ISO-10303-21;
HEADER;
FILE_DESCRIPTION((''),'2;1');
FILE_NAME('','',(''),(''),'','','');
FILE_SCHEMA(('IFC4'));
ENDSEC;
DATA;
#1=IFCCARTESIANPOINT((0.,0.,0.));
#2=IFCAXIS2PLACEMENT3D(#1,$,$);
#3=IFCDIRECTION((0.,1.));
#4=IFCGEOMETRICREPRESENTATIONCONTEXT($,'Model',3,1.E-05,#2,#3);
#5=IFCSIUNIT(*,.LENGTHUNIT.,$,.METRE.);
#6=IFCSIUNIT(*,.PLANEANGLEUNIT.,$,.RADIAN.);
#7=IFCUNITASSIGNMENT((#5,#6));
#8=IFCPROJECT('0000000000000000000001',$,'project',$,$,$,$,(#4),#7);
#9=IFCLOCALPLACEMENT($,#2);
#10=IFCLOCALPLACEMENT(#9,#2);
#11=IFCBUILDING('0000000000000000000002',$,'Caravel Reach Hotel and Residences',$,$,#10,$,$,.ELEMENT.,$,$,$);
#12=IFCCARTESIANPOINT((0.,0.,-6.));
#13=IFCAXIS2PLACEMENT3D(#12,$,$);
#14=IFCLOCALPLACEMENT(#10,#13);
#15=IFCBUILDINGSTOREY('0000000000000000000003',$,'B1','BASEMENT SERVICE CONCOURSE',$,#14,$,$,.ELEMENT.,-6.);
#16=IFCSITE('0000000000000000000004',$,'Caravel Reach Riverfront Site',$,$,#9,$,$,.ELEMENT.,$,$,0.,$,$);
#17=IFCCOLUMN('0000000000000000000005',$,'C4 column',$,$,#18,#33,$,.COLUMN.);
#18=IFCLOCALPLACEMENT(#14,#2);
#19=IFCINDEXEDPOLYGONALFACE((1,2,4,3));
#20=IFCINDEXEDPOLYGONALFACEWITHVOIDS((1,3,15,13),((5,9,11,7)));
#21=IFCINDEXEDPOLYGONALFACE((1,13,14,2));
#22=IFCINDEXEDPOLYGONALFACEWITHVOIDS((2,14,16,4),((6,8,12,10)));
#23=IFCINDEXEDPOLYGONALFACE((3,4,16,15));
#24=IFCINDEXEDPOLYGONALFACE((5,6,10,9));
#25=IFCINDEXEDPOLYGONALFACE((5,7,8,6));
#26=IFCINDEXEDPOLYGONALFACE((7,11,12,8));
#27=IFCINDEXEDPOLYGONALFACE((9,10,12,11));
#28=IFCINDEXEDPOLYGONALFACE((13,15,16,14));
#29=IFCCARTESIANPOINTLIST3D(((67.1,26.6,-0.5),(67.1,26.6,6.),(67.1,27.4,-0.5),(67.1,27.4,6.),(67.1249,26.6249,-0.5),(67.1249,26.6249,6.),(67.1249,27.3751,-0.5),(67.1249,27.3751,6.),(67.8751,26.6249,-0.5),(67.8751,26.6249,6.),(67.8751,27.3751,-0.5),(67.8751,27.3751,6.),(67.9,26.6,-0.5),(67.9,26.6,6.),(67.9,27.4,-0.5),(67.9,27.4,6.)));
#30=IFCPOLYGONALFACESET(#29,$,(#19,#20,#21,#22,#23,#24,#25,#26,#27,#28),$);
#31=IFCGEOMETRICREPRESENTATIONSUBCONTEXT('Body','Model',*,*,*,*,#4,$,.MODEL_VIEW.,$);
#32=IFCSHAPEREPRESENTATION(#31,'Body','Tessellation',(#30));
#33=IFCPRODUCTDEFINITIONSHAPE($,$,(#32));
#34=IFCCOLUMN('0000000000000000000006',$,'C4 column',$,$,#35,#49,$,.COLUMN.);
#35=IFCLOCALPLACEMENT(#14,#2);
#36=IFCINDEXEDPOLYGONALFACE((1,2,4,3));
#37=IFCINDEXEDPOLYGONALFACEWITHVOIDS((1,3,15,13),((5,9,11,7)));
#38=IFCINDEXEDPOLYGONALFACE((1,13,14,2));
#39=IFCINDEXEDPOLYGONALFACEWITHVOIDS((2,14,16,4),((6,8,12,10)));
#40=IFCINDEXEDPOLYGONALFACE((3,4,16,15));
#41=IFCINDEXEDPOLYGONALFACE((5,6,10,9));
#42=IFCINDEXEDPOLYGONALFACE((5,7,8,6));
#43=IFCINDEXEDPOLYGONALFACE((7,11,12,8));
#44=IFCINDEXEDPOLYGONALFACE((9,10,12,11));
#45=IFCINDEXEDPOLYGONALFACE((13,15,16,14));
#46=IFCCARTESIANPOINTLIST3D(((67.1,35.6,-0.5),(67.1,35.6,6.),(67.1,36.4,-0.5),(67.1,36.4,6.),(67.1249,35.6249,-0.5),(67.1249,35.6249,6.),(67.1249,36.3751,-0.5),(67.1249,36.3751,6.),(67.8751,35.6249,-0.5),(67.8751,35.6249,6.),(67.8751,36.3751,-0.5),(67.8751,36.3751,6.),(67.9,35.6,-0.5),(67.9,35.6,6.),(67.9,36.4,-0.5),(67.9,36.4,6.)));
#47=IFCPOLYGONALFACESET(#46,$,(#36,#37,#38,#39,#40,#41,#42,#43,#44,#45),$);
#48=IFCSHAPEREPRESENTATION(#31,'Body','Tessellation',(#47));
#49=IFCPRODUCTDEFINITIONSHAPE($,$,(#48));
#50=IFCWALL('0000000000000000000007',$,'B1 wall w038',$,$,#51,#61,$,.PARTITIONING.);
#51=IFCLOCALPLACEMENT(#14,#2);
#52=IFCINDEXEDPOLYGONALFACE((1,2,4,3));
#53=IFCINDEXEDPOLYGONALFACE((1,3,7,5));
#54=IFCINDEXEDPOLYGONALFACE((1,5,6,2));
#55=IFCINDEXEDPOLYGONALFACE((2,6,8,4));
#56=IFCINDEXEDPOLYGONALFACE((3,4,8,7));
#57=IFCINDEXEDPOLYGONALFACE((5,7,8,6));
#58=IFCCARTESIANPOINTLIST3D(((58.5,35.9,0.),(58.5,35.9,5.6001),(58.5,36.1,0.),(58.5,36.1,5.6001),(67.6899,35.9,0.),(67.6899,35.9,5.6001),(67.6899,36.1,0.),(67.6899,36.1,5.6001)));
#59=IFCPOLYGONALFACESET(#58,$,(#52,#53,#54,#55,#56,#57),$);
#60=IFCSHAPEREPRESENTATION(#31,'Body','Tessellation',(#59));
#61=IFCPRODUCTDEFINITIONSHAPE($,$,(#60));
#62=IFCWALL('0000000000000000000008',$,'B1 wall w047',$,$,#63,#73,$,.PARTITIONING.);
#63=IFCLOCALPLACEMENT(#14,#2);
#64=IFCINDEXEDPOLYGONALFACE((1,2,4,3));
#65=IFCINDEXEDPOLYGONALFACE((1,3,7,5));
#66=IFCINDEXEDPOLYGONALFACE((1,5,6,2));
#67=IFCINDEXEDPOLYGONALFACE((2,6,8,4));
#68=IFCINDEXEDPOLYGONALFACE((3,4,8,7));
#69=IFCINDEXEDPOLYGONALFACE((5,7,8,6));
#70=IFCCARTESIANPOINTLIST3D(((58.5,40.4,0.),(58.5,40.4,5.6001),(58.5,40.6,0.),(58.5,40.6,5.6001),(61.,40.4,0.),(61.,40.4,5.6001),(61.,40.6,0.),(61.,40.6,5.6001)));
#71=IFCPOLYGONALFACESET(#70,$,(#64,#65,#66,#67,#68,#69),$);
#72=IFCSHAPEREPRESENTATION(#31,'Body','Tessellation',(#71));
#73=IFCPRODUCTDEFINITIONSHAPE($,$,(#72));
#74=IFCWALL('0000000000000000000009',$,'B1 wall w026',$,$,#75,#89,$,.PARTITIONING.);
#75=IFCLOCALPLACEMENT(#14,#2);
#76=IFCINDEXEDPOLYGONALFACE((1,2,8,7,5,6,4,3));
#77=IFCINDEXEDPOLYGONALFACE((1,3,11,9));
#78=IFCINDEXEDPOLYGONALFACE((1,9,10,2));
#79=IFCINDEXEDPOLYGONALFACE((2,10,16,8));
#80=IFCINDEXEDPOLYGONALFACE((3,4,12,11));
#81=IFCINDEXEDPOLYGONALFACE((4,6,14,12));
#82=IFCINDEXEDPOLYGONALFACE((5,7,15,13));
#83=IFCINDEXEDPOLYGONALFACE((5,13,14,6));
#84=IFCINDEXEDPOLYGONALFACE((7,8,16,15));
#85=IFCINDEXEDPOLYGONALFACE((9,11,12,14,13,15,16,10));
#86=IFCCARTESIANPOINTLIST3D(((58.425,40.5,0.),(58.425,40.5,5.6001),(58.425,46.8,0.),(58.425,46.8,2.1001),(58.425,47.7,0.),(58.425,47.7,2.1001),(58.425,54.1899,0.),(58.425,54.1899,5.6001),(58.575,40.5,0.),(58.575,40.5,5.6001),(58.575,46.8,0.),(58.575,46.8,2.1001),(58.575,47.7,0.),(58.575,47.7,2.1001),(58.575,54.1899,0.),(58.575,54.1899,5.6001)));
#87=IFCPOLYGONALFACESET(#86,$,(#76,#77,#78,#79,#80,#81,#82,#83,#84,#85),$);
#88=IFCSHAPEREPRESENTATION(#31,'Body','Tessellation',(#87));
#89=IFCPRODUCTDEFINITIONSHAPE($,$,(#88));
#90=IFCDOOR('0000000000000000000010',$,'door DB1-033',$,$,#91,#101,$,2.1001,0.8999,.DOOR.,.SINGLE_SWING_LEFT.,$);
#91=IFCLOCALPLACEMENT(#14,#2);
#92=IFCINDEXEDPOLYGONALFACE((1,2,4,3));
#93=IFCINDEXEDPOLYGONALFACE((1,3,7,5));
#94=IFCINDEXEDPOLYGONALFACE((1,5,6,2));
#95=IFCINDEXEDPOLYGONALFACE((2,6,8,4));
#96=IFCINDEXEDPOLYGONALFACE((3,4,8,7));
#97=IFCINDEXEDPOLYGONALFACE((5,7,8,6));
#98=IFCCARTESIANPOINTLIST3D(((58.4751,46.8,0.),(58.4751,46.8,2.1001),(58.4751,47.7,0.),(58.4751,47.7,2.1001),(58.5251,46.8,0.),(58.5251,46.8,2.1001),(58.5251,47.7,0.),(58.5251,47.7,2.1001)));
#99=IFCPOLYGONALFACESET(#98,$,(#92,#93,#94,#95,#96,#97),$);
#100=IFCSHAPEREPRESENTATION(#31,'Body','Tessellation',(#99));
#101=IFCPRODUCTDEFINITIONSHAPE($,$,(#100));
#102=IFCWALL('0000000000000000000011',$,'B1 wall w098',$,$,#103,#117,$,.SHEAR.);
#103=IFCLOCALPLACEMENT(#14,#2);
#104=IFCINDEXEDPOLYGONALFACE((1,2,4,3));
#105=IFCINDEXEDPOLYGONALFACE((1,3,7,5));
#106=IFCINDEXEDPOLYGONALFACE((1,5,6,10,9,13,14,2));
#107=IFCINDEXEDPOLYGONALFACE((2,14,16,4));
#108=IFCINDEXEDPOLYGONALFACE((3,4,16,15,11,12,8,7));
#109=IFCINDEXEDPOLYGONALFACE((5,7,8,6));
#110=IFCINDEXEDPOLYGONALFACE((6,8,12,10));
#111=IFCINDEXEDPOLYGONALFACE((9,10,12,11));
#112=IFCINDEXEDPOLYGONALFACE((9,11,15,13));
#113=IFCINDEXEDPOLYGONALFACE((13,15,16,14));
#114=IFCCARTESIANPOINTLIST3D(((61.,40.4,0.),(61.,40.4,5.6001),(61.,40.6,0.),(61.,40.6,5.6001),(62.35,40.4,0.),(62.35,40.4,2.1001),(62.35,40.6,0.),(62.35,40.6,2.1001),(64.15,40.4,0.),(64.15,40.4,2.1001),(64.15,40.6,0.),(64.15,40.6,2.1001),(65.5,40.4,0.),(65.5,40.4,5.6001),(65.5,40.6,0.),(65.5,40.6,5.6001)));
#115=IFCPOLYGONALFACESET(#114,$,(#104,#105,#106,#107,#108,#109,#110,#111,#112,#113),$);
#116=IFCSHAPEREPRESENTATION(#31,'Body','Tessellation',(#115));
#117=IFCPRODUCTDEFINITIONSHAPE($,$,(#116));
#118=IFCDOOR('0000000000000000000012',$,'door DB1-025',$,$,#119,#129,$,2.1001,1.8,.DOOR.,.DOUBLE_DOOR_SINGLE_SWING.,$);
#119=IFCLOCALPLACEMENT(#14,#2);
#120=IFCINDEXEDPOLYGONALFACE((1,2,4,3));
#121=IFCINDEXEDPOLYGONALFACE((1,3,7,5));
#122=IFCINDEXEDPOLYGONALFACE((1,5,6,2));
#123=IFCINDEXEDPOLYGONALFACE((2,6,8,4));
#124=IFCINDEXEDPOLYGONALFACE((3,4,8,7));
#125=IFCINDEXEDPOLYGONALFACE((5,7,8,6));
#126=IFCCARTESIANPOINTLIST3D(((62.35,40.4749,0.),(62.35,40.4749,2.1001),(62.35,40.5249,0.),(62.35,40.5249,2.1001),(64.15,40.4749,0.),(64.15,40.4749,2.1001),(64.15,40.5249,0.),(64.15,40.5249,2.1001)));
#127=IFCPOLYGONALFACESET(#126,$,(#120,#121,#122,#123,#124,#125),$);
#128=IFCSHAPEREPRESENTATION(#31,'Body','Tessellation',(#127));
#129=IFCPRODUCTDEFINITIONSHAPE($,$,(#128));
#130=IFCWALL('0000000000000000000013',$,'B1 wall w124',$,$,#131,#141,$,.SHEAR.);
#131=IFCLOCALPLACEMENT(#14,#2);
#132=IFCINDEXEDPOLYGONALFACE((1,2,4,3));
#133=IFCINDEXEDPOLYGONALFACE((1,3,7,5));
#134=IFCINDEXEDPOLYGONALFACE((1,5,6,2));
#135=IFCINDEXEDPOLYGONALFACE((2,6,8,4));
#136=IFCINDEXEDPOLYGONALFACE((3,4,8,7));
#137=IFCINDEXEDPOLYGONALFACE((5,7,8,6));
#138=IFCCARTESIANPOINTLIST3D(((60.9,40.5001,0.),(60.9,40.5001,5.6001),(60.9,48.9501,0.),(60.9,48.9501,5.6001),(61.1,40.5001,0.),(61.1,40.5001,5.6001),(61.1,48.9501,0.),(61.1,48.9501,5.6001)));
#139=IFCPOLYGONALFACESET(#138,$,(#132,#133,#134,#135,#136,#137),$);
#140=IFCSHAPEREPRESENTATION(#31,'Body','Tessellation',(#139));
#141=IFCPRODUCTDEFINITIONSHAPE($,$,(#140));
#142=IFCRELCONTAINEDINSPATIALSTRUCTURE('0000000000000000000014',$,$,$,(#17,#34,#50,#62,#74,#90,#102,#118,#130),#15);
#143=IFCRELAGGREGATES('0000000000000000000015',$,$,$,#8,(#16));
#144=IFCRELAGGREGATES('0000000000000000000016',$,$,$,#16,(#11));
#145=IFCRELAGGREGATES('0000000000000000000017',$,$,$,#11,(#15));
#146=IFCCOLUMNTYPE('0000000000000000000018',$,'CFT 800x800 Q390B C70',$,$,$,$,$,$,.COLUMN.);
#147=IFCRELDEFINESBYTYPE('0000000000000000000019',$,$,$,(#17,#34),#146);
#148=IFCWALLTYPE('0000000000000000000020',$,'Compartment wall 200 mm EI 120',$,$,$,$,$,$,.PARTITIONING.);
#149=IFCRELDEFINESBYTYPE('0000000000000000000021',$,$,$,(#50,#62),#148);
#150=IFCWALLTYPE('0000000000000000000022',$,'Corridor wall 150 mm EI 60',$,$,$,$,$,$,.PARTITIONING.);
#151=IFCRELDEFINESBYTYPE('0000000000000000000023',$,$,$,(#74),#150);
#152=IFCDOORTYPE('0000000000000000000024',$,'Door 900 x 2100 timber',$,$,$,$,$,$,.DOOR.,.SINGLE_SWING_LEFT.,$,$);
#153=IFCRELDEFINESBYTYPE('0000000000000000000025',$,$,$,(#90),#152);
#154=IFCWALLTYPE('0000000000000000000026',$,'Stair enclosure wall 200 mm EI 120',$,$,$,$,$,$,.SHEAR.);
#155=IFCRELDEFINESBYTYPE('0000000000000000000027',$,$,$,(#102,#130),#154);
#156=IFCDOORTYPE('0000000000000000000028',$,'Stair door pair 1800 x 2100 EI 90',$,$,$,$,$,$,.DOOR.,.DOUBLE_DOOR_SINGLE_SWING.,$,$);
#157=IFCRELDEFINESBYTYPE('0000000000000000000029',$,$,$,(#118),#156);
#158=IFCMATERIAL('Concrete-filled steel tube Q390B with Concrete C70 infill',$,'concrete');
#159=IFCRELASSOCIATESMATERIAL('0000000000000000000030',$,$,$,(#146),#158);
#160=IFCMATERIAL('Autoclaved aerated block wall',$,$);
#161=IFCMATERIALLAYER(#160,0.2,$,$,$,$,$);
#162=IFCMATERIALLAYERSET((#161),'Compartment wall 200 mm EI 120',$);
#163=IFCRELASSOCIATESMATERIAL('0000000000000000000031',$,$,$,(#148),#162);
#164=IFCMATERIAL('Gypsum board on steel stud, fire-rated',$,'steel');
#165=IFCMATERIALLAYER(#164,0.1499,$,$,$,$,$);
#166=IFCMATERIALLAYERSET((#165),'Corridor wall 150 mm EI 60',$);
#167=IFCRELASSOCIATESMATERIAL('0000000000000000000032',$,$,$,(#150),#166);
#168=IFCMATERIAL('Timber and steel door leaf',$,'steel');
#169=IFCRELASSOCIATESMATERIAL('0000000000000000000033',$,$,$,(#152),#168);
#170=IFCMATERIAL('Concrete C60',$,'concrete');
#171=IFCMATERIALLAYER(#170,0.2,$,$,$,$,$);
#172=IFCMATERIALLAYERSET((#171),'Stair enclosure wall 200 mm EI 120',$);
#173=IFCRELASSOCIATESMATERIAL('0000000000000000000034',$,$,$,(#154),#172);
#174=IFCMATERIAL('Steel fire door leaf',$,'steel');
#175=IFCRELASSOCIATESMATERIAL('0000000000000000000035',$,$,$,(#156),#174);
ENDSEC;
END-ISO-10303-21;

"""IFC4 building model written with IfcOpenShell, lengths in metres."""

from ifc_helpers import new_model, si_unit, direction, frame, frame_2d, origin, origin_2d, place, context, subcontext, project, spatial, rectangle, hollow_rectangle, extrude, material, layer, layer_set, material_profile, profile_set, type_object, element, fill, save


model = new_model("IFC4")

# Units and contexts
model_context = context("Model", 3, precision=1e-05, world=origin(), true_north=direction((0.0, 1.0)))
body_context = subcontext(model_context, "Body", "Model", "MODEL_VIEW")
ifc_project = project(units=[si_unit("LENGTHUNIT", "METRE"), si_unit("PLANEANGLEUNIT", "RADIAN")], contexts=[model_context])

# Site, building, storey
site_placement = place(None, origin())
site = spatial("IfcSite", under=ifc_project, at=site_placement, Name="Caravel Reach Riverfront Site", CompositionType="ELEMENT", RefElevation=0.0)
building_placement = place(site_placement, origin())
building = spatial("IfcBuilding", under=site, at=building_placement, Name="Caravel Reach Hotel and Residences", CompositionType="ELEMENT")
storey_placement = place(building_placement, frame((0.0, 0.0, -6.0)))
storey = spatial("IfcBuildingStorey", under=building, at=storey_placement, Name="B1", Description="BASEMENT SERVICE CONCOURSE", CompositionType="ELEMENT", Elevation=-6.0)

# Columns
ifc_material_1 = material(Name="Concrete-filled steel tube Q390B with Concrete C70 infill", Category="concrete")
ifc_material_profile_1 = material_profile(ifc_material_1, hollow_rectangle(XDim=0.8, YDim=0.8, WallThickness=0.0249, at=origin_2d()), Name="RHS 800x800x25")
ifc_profile_set_1 = profile_set([ifc_material_profile_1], Name="Concrete-filled steel tube Q390B with Concrete C70 infill")
column_type_1 = type_object("IfcColumnType", Name="CFT 800x800 Q390B C70", PredefinedType="COLUMN", material=ifc_profile_set_1)
for number, where, z_axis, x_axis, name in (
    (1, (67.5, 27.0, -0.5), (0.0, 0.0, 1.0), (1.0, 0.0, 0.0), "C4 column"),
    (2, (67.5, 36.0, -0.5), (0.0, 0.0, 1.0), (1.0, 0.0, 0.0), "C4 column"),
):
    element("IfcColumn", number, at=place(storey_placement, frame(where, z_axis=z_axis, x_axis=x_axis)), inside=storey, type_object=column_type_1, Name=name, PredefinedType="COLUMN", context=body_context, shape_type="SweptSolid", body=[
        extrude(hollow_rectangle(XDim=0.8, YDim=0.8, WallThickness=0.0249, at=origin_2d()), origin(), (0.0, 0.0, 1.0), 6.5),
    ])

# Walls
ifc_material_2 = material(Name="Autoclaved aerated block wall")
ifc_layer_1 = layer(ifc_material_2, 0.2)
ifc_layer_set_1 = layer_set([ifc_layer_1], Name="Compartment wall 200 mm EI 120")
wall_type_1 = type_object("IfcWallType", Name="Compartment wall 200 mm EI 120", PredefinedType="PARTITIONING", material=ifc_layer_set_1)
wall_1_placement = place(storey_placement, frame((58.5, 36.0, 0.0), z_axis=(0.0, 0.0, 1.0), x_axis=(1.0, 0.0, 0.0)))
element("IfcWall", 3, at=wall_1_placement, inside=storey, type_object=wall_type_1, Name="B1 wall w038", PredefinedType="PARTITIONING", context=body_context, shape_type="SweptSolid", body=[
    extrude(rectangle(XDim=9.1899, YDim=0.2, at=frame_2d((4.595, 0.0))), origin(), (0.0, 0.0, 1.0), 5.6001),
])
wall_2_placement = place(storey_placement, frame((58.5, 40.5, 0.0), z_axis=(0.0, 0.0, 1.0), x_axis=(1.0, 0.0, 0.0)))
element("IfcWall", 4, at=wall_2_placement, inside=storey, type_object=wall_type_1, Name="B1 wall w047", PredefinedType="PARTITIONING", context=body_context, shape_type="SweptSolid", body=[
    extrude(rectangle(XDim=2.5, YDim=0.2, at=frame_2d((1.25, 0.0))), origin(), (0.0, 0.0, 1.0), 5.6001),
])

# Walls, openings, doors
ifc_material_3 = material(Name="Gypsum board on steel stud, fire-rated", Category="steel")
ifc_layer_2 = layer(ifc_material_3, 0.1499)
ifc_layer_set_2 = layer_set([ifc_layer_2], Name="Corridor wall 150 mm EI 60")
wall_type_2 = type_object("IfcWallType", Name="Corridor wall 150 mm EI 60", PredefinedType="PARTITIONING", material=ifc_layer_set_2)
wall_3_placement = place(storey_placement, frame((58.5, 40.5, 0.0), z_axis=(0.0, 0.0, 1.0), x_axis=(0.0, 1.0, 0.0)))
wall_3 = element("IfcWall", 5, at=wall_3_placement, inside=storey, type_object=wall_type_2, Name="B1 wall w026", PredefinedType="PARTITIONING", context=body_context, shape_type="SweptSolid", body=[
    extrude(rectangle(XDim=13.6899, YDim=0.1499, at=frame_2d((6.845, 0.0))), origin(), (0.0, 0.0, 1.0), 5.6001),
])
opening_1_placement = place(wall_3_placement, frame((6.3, 0.0, 0.0)))
opening_1 = element("IfcOpeningElement", 6, at=opening_1_placement, cuts=wall_3, PredefinedType="OPENING", context=body_context, shape_type="SweptSolid", body=[
    extrude(rectangle(XDim=0.8999, YDim=2.1001, at=frame_2d((0.45, 1.05))), frame((0.0, 0.085, 0.0), z_axis=(0.0, -1.0, 0.0), x_axis=(1.0, 0.0, 0.0)), (0.0, 0.0, 1.0), 0.1699),
])
ifc_material_4 = material(Name="Timber and steel door leaf", Category="steel")
door_type_1 = type_object("IfcDoorType", Name="Door 900 x 2100 timber", OperationType="SINGLE_SWING_LEFT", PredefinedType="DOOR", material=ifc_material_4)
door_1_placement = place(opening_1_placement, origin())
door_1 = element("IfcDoor", 7, at=door_1_placement, inside=storey, type_object=door_type_1, Name="door DB1-033", OperationType="SINGLE_SWING_LEFT", OverallHeight=2.1001, OverallWidth=0.8999, PredefinedType="DOOR", context=body_context, shape_type="SweptSolid", body=[
    extrude(rectangle(XDim=0.8999, YDim=2.1001, at=frame_2d((0.45, 1.05))), frame((0.0, 0.0249, 0.0), z_axis=(0.0, -1.0, 0.0), x_axis=(1.0, 0.0, 0.0)), (0.0, 0.0, 1.0), 0.05),
])
fill(opening_1, door_1)
ifc_material_5 = material(Name="Concrete C60", Category="concrete")
ifc_layer_3 = layer(ifc_material_5, 0.2)
ifc_layer_set_3 = layer_set([ifc_layer_3], Name="Stair enclosure wall 200 mm EI 120")
wall_type_3 = type_object("IfcWallType", Name="Stair enclosure wall 200 mm EI 120", PredefinedType="SHEAR", material=ifc_layer_set_3)
wall_4_placement = place(storey_placement, frame((61.0, 40.5, 0.0), z_axis=(0.0, 0.0, 1.0), x_axis=(1.0, 0.0, 0.0)))
wall_4 = element("IfcWall", 8, at=wall_4_placement, inside=storey, type_object=wall_type_3, Name="B1 wall w098", PredefinedType="SHEAR", context=body_context, shape_type="SweptSolid", body=[
    extrude(rectangle(XDim=4.5, YDim=0.2, at=frame_2d((2.25, 0.0))), origin(), (0.0, 0.0, 1.0), 5.6001),
])
opening_2_placement = place(wall_4_placement, frame((1.3501, 0.0, 0.0)))
opening_2 = element("IfcOpeningElement", 9, at=opening_2_placement, cuts=wall_4, PredefinedType="OPENING", context=body_context, shape_type="SweptSolid", body=[
    extrude(rectangle(XDim=1.8, YDim=2.1001, at=frame_2d((0.8999, 1.05))), frame((0.0, 0.1099, 0.0), z_axis=(0.0, -1.0, 0.0), x_axis=(1.0, 0.0, 0.0)), (0.0, 0.0, 1.0), 0.22),
])
ifc_material_6 = material(Name="Steel fire door leaf", Category="steel")
door_type_2 = type_object("IfcDoorType", Name="Stair door pair 1800 x 2100 EI 90", OperationType="DOUBLE_DOOR_SINGLE_SWING", PredefinedType="DOOR", material=ifc_material_6)
door_2_placement = place(opening_2_placement, origin())
door_2 = element("IfcDoor", 10, at=door_2_placement, inside=storey, type_object=door_type_2, Name="door DB1-025", OperationType="DOUBLE_DOOR_SINGLE_SWING", OverallHeight=2.1001, OverallWidth=1.8, PredefinedType="DOOR", context=body_context, shape_type="SweptSolid", body=[
    extrude(rectangle(XDim=1.8, YDim=2.1001, at=frame_2d((0.8999, 1.05))), frame((0.0, 0.0249, 0.0), z_axis=(0.0, -1.0, 0.0), x_axis=(1.0, 0.0, 0.0)), (0.0, 0.0, 1.0), 0.05),
])
fill(opening_2, door_2)

# Wall
wall_5_placement = place(storey_placement, frame((61.0, 40.5, 0.0), z_axis=(0.0, 0.0, 1.0), x_axis=(0.0, 1.0, 0.0)))
element("IfcWall", 11, at=wall_5_placement, inside=storey, type_object=wall_type_3, Name="B1 wall w124", PredefinedType="SHEAR", context=body_context, shape_type="SweptSolid", body=[
    extrude(rectangle(XDim=8.45, YDim=0.2, at=frame_2d((4.2251, 0.0))), origin(), (0.0, 0.0, 1.0), 5.6001),
])

save(model, "model.ifc")
